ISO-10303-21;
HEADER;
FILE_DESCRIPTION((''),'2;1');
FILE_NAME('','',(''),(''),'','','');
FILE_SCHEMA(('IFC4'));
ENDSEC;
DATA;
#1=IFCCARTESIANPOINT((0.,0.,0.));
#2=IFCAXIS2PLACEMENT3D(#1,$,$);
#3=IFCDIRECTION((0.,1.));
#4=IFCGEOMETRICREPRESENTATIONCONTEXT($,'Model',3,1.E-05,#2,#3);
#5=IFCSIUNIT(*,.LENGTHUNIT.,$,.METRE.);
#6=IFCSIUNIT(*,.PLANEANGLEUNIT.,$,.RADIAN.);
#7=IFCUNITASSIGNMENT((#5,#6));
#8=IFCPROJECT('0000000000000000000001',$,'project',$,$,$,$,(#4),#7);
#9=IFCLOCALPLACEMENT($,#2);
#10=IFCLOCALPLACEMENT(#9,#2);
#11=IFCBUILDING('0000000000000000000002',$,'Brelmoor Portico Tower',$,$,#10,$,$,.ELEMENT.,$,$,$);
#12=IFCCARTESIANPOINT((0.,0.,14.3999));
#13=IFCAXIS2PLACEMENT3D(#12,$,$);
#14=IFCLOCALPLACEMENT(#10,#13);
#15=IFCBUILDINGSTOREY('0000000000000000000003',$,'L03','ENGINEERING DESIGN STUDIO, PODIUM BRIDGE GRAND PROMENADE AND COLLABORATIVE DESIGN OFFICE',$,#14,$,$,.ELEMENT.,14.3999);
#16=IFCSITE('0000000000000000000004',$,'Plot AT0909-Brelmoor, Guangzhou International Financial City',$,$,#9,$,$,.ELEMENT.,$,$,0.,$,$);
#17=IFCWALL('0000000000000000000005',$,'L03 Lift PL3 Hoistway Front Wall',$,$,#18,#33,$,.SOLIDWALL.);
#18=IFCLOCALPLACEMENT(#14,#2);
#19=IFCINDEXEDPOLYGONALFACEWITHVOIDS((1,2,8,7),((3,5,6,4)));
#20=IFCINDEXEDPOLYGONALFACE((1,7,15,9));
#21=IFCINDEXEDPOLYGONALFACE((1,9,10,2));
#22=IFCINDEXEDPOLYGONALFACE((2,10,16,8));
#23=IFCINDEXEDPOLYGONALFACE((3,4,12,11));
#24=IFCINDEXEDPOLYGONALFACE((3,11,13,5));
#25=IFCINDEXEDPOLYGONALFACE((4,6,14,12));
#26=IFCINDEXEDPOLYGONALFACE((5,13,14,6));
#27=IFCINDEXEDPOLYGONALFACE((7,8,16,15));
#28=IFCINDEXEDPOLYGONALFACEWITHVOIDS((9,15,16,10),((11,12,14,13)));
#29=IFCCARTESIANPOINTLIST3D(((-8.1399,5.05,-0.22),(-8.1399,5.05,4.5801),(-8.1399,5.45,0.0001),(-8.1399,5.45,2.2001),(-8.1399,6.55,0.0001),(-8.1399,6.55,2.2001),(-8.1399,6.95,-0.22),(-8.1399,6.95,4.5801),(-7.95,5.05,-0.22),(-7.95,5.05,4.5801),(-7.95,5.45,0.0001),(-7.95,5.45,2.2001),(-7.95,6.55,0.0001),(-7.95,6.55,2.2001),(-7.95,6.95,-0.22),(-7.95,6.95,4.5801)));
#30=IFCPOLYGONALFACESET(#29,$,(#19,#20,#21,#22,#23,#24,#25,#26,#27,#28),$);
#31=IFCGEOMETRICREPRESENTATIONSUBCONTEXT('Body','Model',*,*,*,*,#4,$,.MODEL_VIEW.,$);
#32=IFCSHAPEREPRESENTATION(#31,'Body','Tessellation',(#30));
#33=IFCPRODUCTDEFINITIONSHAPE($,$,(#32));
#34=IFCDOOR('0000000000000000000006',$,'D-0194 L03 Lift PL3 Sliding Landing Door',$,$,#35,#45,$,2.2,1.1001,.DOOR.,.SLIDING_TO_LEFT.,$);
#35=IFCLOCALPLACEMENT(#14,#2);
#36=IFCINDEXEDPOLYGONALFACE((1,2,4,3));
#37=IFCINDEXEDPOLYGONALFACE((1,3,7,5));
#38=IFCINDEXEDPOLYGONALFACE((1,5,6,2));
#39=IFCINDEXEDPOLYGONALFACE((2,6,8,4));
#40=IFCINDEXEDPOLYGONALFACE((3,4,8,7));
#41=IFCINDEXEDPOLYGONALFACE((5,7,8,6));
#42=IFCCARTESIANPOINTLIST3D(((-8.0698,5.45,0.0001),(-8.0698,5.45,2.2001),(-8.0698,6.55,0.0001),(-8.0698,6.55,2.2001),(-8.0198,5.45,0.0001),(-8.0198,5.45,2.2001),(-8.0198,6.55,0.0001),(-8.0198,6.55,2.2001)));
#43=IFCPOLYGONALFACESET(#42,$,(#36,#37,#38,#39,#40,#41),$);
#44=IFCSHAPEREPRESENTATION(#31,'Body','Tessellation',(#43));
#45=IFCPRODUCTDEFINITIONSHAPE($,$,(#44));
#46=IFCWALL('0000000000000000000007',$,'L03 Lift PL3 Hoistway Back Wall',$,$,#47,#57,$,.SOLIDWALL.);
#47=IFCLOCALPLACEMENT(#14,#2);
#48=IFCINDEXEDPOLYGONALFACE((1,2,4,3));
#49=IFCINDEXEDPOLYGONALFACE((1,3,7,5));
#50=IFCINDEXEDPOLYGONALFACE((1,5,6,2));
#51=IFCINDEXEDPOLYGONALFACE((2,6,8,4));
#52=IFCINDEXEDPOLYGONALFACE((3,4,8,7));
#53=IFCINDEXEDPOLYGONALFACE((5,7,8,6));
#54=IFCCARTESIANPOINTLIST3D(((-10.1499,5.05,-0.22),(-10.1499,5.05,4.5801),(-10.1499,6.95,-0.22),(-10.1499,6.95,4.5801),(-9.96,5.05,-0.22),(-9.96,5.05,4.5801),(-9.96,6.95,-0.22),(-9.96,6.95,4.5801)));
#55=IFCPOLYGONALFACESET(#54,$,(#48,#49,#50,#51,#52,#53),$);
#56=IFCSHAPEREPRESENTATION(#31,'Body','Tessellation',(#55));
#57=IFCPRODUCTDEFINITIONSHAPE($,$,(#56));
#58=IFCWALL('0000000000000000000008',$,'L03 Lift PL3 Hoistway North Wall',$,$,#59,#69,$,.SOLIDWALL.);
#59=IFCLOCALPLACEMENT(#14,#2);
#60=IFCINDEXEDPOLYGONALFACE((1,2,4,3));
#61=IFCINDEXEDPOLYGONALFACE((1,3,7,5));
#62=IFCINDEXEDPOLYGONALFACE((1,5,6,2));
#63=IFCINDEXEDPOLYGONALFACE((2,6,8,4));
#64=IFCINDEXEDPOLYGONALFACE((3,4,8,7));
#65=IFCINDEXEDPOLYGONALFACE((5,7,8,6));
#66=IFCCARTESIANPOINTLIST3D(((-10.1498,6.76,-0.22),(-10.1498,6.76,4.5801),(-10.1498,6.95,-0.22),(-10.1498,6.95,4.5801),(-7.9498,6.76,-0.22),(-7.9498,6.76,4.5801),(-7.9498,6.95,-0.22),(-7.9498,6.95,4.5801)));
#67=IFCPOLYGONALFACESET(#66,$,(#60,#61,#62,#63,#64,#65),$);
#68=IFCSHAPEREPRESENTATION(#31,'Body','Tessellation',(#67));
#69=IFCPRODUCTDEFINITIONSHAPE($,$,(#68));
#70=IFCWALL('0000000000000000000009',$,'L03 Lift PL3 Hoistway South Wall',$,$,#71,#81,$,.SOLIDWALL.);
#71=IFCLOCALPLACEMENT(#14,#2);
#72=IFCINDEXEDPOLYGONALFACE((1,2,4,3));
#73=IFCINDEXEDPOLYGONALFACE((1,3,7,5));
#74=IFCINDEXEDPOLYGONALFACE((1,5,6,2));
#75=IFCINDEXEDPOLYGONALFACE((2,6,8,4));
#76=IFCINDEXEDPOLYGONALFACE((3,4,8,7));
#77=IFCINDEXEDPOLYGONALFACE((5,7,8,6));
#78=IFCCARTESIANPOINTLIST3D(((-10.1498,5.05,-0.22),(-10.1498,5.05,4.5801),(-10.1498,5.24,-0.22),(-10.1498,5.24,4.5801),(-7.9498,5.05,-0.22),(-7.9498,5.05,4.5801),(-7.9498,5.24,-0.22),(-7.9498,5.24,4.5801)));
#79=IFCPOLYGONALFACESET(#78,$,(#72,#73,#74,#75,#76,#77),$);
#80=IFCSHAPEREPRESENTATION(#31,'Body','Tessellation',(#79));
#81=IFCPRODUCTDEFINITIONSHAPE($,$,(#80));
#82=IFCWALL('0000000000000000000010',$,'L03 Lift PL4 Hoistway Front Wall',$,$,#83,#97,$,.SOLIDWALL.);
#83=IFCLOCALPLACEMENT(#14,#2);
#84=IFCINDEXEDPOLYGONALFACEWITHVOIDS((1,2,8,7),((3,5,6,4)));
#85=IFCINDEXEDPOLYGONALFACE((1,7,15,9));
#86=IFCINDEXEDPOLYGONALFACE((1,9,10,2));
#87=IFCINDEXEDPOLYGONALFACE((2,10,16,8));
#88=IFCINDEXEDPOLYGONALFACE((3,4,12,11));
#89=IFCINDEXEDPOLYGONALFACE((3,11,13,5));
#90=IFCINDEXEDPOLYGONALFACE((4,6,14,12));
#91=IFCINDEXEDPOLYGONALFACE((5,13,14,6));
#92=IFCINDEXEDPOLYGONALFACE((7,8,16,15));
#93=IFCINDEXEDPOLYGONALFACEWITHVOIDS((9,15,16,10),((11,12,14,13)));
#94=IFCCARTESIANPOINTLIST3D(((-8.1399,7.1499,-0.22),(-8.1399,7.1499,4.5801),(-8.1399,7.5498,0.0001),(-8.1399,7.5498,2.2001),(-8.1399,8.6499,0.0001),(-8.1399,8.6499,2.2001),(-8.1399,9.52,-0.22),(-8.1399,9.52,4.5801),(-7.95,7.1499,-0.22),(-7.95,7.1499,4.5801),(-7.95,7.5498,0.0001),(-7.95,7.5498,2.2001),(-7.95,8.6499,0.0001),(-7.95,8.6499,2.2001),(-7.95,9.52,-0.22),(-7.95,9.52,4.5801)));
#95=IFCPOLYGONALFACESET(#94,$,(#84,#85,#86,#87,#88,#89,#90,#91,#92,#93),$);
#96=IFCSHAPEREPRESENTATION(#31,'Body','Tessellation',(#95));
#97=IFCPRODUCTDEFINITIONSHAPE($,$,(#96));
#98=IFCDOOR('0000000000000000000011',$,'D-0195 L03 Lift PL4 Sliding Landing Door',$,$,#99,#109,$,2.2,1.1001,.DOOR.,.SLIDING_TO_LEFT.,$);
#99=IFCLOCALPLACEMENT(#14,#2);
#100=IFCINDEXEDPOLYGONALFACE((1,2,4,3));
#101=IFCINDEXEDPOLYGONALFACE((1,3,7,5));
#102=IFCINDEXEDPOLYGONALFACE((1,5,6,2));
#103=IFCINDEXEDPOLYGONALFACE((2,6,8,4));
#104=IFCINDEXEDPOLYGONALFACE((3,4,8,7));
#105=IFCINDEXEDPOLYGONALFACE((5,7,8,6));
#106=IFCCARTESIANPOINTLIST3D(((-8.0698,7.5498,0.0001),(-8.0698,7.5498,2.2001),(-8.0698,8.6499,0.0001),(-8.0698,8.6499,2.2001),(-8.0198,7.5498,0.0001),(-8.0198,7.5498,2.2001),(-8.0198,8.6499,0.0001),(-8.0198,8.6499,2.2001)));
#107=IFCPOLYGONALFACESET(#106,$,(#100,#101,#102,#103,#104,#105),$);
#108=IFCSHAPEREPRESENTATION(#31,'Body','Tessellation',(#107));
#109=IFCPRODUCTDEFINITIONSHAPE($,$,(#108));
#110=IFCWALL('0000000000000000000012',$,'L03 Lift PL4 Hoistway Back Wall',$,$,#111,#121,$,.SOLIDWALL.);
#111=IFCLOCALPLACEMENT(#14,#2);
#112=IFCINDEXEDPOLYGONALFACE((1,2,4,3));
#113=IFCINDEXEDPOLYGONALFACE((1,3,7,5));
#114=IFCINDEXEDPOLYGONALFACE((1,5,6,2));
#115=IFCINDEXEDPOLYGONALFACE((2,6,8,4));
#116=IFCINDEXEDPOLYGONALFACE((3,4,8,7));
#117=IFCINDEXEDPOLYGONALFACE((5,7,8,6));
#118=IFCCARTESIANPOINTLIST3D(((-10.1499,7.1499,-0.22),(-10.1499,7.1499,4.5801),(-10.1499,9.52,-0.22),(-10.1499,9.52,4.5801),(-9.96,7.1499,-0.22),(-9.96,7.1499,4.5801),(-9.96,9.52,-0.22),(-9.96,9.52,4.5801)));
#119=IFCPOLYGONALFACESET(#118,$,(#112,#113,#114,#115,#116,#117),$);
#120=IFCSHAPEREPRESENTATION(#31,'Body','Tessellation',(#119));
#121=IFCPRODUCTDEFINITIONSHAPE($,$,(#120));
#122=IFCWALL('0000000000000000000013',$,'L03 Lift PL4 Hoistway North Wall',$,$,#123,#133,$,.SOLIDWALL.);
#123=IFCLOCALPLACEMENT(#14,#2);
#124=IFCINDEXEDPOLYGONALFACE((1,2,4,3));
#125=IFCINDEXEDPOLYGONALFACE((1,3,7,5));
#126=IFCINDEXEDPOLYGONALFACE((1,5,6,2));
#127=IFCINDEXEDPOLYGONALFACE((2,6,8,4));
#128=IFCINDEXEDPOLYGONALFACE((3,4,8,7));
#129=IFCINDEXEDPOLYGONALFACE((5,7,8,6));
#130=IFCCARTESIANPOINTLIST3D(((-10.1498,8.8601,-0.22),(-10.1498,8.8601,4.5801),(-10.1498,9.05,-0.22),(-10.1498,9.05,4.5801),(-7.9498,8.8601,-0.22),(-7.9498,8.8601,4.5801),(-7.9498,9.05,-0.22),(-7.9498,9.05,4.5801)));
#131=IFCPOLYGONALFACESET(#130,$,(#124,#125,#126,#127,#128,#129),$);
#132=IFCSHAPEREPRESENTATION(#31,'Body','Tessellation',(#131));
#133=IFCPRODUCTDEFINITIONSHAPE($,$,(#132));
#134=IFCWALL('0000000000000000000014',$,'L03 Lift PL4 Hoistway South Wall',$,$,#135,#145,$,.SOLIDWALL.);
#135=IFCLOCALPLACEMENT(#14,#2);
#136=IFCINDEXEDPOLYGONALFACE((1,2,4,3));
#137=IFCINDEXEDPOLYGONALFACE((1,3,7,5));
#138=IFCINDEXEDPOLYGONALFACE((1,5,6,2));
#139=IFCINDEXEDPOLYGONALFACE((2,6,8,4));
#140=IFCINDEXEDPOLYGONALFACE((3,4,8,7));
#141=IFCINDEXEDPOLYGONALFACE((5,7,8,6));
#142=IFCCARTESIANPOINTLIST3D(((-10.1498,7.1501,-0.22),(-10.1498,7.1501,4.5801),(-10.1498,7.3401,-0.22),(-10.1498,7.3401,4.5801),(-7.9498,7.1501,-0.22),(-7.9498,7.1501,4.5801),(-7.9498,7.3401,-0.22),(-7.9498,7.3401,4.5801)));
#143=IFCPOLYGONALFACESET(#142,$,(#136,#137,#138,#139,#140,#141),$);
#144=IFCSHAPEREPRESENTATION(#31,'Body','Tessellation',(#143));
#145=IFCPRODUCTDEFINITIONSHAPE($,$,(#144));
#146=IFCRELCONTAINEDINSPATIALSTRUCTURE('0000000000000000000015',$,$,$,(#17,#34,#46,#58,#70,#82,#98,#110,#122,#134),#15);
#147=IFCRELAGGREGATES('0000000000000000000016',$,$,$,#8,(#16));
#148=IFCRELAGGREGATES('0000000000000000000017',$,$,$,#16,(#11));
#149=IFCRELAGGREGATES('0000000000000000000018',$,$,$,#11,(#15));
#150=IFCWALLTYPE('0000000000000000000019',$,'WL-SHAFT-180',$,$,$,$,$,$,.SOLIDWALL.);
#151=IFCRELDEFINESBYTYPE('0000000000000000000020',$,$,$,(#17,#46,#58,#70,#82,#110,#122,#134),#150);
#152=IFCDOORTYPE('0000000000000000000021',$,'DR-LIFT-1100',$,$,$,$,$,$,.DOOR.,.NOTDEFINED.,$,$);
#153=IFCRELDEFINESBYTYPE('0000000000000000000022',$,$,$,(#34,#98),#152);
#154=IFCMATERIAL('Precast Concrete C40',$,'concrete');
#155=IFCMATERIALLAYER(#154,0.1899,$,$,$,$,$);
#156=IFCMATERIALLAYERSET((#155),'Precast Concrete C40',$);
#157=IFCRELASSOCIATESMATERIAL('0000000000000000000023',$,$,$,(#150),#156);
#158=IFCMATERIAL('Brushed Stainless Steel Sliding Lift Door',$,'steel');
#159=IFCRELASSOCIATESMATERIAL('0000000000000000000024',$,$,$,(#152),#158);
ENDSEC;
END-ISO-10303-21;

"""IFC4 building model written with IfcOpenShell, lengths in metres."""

from ifc_helpers import new_model, si_unit, direction, frame, frame_2d, origin, place, context, subcontext, project, spatial, rectangle, extrude, material, layer, layer_set, type_object, element, fill, save


model = new_model("IFC4")

# Units and contexts
model_context = context("Model", 3, precision=1e-05, world=origin(), true_north=direction((0.0, 1.0)))
body_context = subcontext(model_context, "Body", "Model", "MODEL_VIEW")
ifc_project = project(units=[si_unit("LENGTHUNIT", "METRE"), si_unit("PLANEANGLEUNIT", "RADIAN")], contexts=[model_context])

# Site, building, storey
site_placement = place(None, origin())
site = spatial("IfcSite", under=ifc_project, at=site_placement, Name="Plot AT0909-Brelmoor, Guangzhou International Financial City", CompositionType="ELEMENT", RefElevation=0.0)
building_placement = place(site_placement, origin())
building = spatial("IfcBuilding", under=site, at=building_placement, Name="Brelmoor Portico Tower", CompositionType="ELEMENT")
storey_placement = place(building_placement, frame((0.0, 0.0, 14.3999)))
storey = spatial("IfcBuildingStorey", under=building, at=storey_placement, Name="L03", Description="ENGINEERING DESIGN STUDIO, PODIUM BRIDGE GRAND PROMENADE AND COLLABORATIVE DESIGN OFFICE", CompositionType="ELEMENT", Elevation=14.3999)

# Shared definitions
ifc_material_1 = material(Name="Precast Concrete C40", Category="concrete")
ifc_layer_1 = layer(ifc_material_1, 0.1899)
ifc_layer_set_1 = layer_set([ifc_layer_1], Name="Precast Concrete C40")
wall_type_1 = type_object("IfcWallType", Name="WL-SHAFT-180", PredefinedType="SOLIDWALL", material=ifc_layer_set_1)

# Shared definitions
ifc_material_2 = material(Name="Brushed Stainless Steel Sliding Lift Door", Category="steel")
door_type_1 = type_object("IfcDoorType", Name="DR-LIFT-1100", OperationType="NOTDEFINED", PredefinedType="DOOR", material=ifc_material_2)

# Wall, opening, door
wall_1_placement = place(storey_placement, frame((-8.0449, 5.05, -0.22), z_axis=(0.0, 0.0, 1.0), x_axis=(0.0, 1.0, 0.0)))
wall_1 = element("IfcWall", 1, at=wall_1_placement, inside=storey, type_object=wall_type_1, Name="L03 Lift PL3 Hoistway Front Wall", PredefinedType="SOLIDWALL", context=body_context, shape_type="SweptSolid", body=[
    extrude(rectangle(XDim=1.8999, YDim=0.1899, at=frame_2d((0.95, 0.0))), origin(), (0.0, 0.0, 1.0), 4.8),
])
opening_1_placement = place(wall_1_placement, frame((0.3999, 0.0, 0.22)))
opening_1 = element("IfcOpeningElement", 2, at=opening_1_placement, cuts=wall_1, PredefinedType="OPENING", context=body_context, shape_type="SweptSolid", body=[
    extrude(rectangle(XDim=1.1001, YDim=2.2, at=frame_2d((0.55, 1.1001))), frame((0.0, 0.105, 0.0), z_axis=(0.0, -1.0, 0.0), x_axis=(1.0, 0.0, 0.0)), (0.0, 0.0, 1.0), 0.21),
])
door_1_placement = place(opening_1_placement, origin())
door_1 = element("IfcDoor", 3, at=door_1_placement, inside=storey, type_object=door_type_1, Name="D-0194 L03 Lift PL3 Sliding Landing Door", OperationType="SLIDING_TO_LEFT", OverallHeight=2.2, OverallWidth=1.1001, PredefinedType="DOOR", context=body_context, shape_type="SweptSolid", body=[
    extrude(rectangle(XDim=1.1001, YDim=2.2, at=frame_2d((0.55, 1.1001))), frame((0.0, 0.0249, 0.0), z_axis=(0.0, -1.0, 0.0), x_axis=(1.0, 0.0, 0.0)), (0.0, 0.0, 1.0), 0.05),
])
fill(opening_1, door_1)

# Walls
wall_2_placement = place(storey_placement, frame((-10.0549, 5.05, -0.22), z_axis=(0.0, 0.0, 1.0), x_axis=(0.0, 1.0, 0.0)))
element("IfcWall", 4, at=wall_2_placement, inside=storey, type_object=wall_type_1, Name="L03 Lift PL3 Hoistway Back Wall", PredefinedType="SOLIDWALL", context=body_context, shape_type="SweptSolid", body=[
    extrude(rectangle(XDim=1.8999, YDim=0.1899, at=frame_2d((0.95, 0.0))), origin(), (0.0, 0.0, 1.0), 4.8),
])
for number, where, z_axis, x_axis, name in (
    (5, (-10.1499, 6.855, -0.22), (0.0, 0.0, 1.0), (1.0, 0.0, 0.0), "L03 Lift PL3 Hoistway North Wall"),
    (6, (-10.1499, 5.145, -0.22), (0.0, 0.0, 1.0), (1.0, 0.0, 0.0), "L03 Lift PL3 Hoistway South Wall"),
):
    element("IfcWall", number, at=place(storey_placement, frame(where, z_axis=z_axis, x_axis=x_axis)), inside=storey, type_object=wall_type_1, Name=name, PredefinedType="SOLIDWALL", context=body_context, shape_type="SweptSolid", body=[
        extrude(rectangle(XDim=2.2, YDim=0.1899, at=frame_2d((1.1001, 0.0))), origin(), (0.0, 0.0, 1.0), 4.8),
    ])

# Wall, opening, door
wall_3_placement = place(storey_placement, frame((-8.0449, 7.1499, -0.22), z_axis=(0.0, 0.0, 1.0), x_axis=(0.0, 1.0, 0.0)))
wall_3 = element("IfcWall", 7, at=wall_3_placement, inside=storey, type_object=wall_type_1, Name="L03 Lift PL4 Hoistway Front Wall", PredefinedType="SOLIDWALL", context=body_context, shape_type="SweptSolid", body=[
    extrude(rectangle(XDim=2.3701, YDim=0.1899, at=frame_2d((1.1851, 0.0))), origin(), (0.0, 0.0, 1.0), 4.8),
])
opening_2_placement = place(wall_3_placement, frame((0.3999, 0.0, 0.22)))
opening_2 = element("IfcOpeningElement", 8, at=opening_2_placement, cuts=wall_3, PredefinedType="OPENING", context=body_context, shape_type="SweptSolid", body=[
    extrude(rectangle(XDim=1.1001, YDim=2.2, at=frame_2d((0.55, 1.1001))), frame((0.0, 0.105, 0.0), z_axis=(0.0, -1.0, 0.0), x_axis=(1.0, 0.0, 0.0)), (0.0, 0.0, 1.0), 0.21),
])
door_2_placement = place(opening_2_placement, origin())
door_2 = element("IfcDoor", 9, at=door_2_placement, inside=storey, type_object=door_type_1, Name="D-0195 L03 Lift PL4 Sliding Landing Door", OperationType="SLIDING_TO_LEFT", OverallHeight=2.2, OverallWidth=1.1001, PredefinedType="DOOR", context=body_context, shape_type="SweptSolid", body=[
    extrude(rectangle(XDim=1.1001, YDim=2.2, at=frame_2d((0.55, 1.1001))), frame((0.0, 0.0249, 0.0), z_axis=(0.0, -1.0, 0.0), x_axis=(1.0, 0.0, 0.0)), (0.0, 0.0, 1.0), 0.05),
])
fill(opening_2, door_2)

# Walls
wall_4_placement = place(storey_placement, frame((-10.0549, 7.1499, -0.22), z_axis=(0.0, 0.0, 1.0), x_axis=(0.0, 1.0, 0.0)))
element("IfcWall", 10, at=wall_4_placement, inside=storey, type_object=wall_type_1, Name="L03 Lift PL4 Hoistway Back Wall", PredefinedType="SOLIDWALL", context=body_context, shape_type="SweptSolid", body=[
    extrude(rectangle(XDim=2.3701, YDim=0.1899, at=frame_2d((1.1851, 0.0))), origin(), (0.0, 0.0, 1.0), 4.8),
])
for number, where, z_axis, x_axis, name in (
    (11, (-10.1499, 8.9551, -0.22), (0.0, 0.0, 1.0), (1.0, 0.0, 0.0), "L03 Lift PL4 Hoistway North Wall"),
    (12, (-10.1499, 7.2451, -0.22), (0.0, 0.0, 1.0), (1.0, 0.0, 0.0), "L03 Lift PL4 Hoistway South Wall"),
):
    element("IfcWall", number, at=place(storey_placement, frame(where, z_axis=z_axis, x_axis=x_axis)), inside=storey, type_object=wall_type_1, Name=name, PredefinedType="SOLIDWALL", context=body_context, shape_type="SweptSolid", body=[
        extrude(rectangle(XDim=2.2, YDim=0.1899, at=frame_2d((1.1001, 0.0))), origin(), (0.0, 0.0, 1.0), 4.8),
    ])

save(model, "model.ifc")
